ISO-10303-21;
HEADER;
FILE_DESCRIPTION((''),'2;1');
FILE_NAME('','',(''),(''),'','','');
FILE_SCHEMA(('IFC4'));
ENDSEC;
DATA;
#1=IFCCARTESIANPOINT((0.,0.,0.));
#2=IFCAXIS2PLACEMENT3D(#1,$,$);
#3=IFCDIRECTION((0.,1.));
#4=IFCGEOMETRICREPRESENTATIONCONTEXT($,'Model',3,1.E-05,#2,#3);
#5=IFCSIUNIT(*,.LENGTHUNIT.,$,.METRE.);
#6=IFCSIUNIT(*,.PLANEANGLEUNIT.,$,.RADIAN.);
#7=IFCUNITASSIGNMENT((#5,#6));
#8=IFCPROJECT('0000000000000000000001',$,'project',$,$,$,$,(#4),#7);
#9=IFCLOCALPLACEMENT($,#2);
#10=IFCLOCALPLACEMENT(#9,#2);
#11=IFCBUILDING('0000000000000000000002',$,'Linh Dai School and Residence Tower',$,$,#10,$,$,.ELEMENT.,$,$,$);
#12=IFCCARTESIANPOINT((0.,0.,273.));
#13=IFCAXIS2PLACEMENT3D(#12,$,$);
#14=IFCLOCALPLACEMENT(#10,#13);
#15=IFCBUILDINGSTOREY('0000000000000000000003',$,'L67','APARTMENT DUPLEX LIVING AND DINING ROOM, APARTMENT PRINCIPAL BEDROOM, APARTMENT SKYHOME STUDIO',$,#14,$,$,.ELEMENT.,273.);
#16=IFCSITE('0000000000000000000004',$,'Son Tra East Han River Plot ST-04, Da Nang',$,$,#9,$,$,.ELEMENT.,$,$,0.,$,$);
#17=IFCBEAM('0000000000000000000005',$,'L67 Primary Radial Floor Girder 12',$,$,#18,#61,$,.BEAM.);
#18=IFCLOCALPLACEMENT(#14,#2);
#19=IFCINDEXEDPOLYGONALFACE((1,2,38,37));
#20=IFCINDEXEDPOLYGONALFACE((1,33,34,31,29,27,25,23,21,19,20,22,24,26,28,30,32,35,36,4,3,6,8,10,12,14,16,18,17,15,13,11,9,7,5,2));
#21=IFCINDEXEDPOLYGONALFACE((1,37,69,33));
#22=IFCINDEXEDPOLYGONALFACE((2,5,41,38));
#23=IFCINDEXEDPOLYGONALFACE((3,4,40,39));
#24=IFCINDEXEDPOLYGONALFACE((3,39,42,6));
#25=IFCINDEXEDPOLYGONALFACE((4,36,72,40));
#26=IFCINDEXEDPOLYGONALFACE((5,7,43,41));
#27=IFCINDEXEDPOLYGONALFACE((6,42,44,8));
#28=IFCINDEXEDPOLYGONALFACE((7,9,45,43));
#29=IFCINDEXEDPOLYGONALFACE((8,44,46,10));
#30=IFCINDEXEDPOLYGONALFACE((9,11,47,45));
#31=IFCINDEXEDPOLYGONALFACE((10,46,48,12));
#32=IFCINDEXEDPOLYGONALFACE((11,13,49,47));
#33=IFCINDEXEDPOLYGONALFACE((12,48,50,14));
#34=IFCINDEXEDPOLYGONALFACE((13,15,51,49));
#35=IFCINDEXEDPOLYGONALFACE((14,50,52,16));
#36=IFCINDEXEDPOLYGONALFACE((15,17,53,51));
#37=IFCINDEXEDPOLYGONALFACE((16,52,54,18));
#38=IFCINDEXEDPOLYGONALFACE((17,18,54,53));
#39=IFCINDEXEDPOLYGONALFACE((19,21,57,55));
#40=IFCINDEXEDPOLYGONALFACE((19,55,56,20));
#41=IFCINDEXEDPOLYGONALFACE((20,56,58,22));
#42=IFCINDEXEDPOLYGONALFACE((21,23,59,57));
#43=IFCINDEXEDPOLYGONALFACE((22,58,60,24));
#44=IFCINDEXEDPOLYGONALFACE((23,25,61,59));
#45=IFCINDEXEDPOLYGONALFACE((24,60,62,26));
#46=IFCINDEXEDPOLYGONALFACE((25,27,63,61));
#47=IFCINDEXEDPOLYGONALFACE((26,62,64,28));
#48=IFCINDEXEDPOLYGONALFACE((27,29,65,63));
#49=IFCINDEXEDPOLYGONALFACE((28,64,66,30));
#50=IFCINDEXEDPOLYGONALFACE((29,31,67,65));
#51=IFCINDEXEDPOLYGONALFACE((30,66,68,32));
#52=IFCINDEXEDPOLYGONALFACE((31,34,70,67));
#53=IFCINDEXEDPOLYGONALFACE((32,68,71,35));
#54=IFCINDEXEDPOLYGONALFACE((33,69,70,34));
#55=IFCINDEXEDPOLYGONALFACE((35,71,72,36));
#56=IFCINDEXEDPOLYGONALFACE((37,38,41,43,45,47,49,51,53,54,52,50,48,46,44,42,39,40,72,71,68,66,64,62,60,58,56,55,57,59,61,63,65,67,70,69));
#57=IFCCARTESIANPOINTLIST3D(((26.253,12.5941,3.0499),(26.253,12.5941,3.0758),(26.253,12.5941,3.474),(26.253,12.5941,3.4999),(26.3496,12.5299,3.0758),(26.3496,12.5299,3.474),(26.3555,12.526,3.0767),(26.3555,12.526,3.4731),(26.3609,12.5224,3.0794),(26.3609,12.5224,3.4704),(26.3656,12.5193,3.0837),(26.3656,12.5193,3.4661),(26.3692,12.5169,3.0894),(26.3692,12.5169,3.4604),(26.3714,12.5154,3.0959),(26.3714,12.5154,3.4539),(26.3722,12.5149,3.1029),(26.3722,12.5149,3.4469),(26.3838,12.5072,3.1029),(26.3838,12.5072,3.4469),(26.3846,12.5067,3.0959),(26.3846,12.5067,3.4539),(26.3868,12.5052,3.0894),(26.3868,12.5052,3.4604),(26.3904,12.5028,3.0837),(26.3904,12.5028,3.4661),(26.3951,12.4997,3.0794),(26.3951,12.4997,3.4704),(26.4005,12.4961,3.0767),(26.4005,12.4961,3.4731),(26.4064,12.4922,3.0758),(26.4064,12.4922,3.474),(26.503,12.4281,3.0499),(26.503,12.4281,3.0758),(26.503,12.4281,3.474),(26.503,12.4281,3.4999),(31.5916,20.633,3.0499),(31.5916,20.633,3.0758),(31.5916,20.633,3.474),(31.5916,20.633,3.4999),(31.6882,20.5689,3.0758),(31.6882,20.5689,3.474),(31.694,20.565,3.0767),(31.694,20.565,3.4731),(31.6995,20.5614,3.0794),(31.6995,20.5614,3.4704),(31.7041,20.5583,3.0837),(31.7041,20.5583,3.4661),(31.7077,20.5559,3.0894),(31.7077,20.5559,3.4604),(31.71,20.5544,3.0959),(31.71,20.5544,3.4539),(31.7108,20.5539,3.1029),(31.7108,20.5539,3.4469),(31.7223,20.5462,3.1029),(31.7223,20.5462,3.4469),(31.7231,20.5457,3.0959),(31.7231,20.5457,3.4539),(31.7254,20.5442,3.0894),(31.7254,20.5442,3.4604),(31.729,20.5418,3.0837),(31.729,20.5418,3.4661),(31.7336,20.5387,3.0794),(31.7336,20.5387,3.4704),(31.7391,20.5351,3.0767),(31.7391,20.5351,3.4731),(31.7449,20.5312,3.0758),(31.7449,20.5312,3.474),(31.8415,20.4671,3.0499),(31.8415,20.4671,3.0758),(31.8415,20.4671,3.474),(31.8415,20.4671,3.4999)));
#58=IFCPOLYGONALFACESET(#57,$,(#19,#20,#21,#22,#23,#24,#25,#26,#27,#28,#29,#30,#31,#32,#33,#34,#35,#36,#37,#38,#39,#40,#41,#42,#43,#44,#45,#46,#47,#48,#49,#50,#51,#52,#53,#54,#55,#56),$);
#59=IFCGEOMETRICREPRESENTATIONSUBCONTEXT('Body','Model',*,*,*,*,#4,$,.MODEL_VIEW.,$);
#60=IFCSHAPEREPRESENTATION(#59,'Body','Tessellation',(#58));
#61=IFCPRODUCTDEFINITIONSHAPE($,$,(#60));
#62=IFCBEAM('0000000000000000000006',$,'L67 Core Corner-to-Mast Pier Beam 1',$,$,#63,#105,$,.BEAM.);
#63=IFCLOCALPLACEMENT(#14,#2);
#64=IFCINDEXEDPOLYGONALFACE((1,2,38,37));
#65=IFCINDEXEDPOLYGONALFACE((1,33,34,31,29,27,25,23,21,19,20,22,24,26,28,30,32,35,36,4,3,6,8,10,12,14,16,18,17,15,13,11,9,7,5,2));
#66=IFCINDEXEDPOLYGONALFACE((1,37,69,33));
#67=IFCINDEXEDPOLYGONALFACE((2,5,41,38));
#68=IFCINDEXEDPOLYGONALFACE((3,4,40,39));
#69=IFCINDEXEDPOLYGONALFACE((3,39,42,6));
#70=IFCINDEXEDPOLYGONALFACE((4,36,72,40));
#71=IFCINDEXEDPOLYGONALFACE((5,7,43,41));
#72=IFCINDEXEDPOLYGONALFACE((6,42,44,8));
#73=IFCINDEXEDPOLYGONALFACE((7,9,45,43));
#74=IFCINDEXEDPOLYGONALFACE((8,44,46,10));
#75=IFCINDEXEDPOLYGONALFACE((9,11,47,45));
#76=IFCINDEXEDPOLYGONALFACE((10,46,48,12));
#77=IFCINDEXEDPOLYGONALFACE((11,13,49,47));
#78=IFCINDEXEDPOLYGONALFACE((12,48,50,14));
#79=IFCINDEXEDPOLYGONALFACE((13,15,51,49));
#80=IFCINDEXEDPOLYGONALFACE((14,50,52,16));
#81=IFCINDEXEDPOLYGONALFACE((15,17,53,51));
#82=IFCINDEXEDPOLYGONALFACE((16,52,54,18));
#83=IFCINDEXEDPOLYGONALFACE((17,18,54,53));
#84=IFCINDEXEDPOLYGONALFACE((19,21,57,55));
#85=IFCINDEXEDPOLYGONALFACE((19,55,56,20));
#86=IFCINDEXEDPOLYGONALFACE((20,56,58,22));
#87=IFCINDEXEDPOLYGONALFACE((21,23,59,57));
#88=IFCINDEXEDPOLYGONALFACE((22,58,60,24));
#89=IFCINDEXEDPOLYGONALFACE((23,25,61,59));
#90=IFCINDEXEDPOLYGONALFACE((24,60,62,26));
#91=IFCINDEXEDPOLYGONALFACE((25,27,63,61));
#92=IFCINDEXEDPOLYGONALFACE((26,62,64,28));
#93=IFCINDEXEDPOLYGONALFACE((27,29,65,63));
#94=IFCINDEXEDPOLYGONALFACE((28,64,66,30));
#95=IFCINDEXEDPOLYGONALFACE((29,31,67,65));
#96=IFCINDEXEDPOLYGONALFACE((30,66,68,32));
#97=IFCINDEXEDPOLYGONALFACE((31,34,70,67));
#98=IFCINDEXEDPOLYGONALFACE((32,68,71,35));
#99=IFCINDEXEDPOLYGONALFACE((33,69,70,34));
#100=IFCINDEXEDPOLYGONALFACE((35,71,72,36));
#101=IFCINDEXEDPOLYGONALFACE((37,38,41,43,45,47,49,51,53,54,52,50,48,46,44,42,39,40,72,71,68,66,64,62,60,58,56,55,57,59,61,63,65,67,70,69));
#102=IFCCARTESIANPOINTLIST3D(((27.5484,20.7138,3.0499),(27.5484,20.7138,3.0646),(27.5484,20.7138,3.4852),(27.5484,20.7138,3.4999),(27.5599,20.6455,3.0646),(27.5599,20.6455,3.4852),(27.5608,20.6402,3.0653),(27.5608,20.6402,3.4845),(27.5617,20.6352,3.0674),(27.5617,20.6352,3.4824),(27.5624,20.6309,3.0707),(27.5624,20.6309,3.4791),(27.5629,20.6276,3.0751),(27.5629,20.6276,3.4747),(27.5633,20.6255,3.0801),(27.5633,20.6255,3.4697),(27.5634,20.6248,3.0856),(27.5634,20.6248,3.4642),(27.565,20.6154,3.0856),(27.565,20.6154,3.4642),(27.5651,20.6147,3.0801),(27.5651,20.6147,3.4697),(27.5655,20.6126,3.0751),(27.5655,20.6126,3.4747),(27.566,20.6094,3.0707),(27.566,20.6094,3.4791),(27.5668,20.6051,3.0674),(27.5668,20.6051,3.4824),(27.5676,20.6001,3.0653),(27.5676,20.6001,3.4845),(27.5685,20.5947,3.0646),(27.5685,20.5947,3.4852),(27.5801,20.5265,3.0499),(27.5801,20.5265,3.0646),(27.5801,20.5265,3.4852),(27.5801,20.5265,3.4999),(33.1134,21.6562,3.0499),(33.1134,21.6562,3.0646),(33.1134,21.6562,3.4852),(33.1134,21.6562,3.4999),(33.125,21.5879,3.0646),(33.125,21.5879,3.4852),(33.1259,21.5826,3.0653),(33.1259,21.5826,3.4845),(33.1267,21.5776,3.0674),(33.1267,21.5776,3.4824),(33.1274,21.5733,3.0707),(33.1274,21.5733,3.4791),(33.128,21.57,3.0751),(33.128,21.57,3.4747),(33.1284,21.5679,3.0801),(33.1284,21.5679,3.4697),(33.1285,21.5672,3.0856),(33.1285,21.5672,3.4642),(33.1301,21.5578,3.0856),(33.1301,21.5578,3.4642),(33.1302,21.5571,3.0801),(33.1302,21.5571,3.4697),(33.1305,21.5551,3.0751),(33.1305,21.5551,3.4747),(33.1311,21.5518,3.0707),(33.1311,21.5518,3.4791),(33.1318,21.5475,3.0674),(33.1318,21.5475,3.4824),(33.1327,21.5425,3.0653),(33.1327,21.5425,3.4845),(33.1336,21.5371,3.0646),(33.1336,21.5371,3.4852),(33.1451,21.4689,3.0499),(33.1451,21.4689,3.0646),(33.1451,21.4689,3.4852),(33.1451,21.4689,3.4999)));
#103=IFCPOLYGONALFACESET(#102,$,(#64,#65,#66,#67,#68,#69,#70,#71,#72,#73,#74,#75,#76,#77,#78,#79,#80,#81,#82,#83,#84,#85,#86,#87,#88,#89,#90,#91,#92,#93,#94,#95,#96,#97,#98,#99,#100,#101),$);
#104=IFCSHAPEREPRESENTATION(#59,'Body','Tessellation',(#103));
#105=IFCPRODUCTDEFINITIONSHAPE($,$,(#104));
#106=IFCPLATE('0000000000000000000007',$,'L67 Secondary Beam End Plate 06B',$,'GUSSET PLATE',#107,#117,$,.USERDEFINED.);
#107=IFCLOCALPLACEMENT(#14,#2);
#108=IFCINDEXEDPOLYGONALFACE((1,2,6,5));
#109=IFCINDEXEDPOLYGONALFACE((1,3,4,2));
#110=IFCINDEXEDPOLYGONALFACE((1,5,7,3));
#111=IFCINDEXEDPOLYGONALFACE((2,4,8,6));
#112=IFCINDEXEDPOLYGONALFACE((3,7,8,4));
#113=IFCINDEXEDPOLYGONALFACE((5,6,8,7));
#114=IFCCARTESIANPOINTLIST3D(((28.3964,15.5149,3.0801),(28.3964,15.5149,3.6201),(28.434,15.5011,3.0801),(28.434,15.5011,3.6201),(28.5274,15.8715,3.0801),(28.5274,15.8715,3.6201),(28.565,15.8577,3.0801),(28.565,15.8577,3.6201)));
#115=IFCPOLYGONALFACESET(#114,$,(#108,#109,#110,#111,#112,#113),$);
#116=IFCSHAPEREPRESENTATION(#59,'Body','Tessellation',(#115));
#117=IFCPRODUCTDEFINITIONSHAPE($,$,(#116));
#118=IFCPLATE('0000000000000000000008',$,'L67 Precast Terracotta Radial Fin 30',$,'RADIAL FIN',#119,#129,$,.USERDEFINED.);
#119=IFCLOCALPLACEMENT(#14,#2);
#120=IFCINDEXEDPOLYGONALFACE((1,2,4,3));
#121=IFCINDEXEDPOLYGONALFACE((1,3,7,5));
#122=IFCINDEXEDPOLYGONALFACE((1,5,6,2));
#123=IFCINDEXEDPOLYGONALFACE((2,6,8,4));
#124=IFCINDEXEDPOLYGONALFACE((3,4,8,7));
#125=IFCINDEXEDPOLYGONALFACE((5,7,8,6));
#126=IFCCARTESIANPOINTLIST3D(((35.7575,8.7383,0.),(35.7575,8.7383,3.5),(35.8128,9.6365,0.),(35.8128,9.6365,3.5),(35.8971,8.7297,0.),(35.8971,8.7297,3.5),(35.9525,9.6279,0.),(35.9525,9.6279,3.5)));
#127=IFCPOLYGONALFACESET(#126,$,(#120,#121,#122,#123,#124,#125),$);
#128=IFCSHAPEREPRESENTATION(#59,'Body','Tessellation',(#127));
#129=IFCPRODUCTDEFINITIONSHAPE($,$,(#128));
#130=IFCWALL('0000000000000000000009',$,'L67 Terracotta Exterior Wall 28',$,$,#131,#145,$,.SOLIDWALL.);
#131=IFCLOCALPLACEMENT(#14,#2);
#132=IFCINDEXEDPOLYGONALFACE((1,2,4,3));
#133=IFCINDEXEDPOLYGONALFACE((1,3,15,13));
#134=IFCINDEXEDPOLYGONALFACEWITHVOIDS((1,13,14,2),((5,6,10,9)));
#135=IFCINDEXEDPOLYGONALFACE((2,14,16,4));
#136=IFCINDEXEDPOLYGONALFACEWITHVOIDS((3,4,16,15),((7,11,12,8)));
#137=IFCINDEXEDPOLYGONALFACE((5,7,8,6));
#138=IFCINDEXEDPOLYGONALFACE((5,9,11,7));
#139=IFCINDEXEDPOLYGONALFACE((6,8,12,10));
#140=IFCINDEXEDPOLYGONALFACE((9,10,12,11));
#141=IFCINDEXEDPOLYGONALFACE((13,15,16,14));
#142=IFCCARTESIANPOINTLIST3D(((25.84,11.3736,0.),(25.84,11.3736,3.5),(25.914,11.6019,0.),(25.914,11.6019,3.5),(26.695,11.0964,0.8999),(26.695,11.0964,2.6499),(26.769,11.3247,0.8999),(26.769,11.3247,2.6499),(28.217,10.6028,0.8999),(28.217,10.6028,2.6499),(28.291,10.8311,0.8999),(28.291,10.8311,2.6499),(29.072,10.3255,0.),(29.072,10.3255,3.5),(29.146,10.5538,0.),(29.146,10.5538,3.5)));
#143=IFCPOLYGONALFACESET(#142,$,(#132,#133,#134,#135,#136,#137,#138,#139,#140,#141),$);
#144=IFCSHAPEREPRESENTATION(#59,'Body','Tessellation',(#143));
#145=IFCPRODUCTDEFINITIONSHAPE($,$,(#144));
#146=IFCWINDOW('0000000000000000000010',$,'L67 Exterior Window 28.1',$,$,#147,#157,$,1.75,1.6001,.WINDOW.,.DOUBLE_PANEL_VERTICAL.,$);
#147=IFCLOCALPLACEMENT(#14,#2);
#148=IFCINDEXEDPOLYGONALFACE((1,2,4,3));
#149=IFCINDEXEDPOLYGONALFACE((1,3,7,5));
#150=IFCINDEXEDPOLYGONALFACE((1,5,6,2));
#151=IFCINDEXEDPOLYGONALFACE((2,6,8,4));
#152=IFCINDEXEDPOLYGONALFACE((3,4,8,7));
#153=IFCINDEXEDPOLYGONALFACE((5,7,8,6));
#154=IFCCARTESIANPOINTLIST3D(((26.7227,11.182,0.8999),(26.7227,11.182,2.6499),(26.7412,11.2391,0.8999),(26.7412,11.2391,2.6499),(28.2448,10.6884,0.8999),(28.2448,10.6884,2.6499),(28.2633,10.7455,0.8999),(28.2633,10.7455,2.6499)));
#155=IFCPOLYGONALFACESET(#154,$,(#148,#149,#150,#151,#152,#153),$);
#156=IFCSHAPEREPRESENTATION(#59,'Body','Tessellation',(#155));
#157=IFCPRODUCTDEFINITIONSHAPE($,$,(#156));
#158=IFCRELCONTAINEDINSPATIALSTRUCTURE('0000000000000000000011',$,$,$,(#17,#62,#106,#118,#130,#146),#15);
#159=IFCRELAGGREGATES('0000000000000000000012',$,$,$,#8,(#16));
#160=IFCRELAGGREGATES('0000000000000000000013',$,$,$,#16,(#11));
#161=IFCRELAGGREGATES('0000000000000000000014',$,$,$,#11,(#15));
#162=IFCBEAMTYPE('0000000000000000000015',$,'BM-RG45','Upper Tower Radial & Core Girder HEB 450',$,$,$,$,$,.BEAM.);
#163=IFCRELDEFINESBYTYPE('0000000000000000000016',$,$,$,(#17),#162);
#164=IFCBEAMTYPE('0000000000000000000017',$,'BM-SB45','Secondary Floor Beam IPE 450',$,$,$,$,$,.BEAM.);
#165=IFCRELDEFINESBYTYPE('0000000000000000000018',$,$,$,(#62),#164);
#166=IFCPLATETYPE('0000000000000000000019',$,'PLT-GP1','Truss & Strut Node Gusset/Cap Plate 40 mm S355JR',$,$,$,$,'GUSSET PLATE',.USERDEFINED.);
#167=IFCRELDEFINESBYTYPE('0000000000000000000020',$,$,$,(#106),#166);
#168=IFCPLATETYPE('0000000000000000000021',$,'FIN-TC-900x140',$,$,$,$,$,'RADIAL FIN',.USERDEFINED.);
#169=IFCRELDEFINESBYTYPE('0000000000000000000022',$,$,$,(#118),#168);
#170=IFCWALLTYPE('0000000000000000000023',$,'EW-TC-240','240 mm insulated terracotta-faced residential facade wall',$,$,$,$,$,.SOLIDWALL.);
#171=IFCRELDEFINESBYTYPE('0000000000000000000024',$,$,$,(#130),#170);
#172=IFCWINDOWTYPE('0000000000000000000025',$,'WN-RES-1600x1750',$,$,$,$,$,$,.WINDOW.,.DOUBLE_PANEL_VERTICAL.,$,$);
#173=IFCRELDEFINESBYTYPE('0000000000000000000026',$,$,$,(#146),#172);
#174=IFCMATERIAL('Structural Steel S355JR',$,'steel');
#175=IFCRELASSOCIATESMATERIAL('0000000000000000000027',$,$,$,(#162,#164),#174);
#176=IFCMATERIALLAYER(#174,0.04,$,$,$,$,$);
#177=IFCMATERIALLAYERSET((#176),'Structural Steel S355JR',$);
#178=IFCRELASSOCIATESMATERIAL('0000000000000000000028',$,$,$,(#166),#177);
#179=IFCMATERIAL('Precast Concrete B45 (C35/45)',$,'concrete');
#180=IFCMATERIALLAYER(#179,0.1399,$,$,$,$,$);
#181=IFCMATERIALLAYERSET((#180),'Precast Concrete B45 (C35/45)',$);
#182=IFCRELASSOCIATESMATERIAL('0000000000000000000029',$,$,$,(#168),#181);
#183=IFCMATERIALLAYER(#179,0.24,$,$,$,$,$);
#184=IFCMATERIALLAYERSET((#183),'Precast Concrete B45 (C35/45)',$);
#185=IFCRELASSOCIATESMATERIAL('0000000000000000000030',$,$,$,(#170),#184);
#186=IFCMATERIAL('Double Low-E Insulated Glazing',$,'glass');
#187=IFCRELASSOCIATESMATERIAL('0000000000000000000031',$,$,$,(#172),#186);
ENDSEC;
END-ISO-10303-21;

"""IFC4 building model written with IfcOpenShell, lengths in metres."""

from ifc_helpers import new_model, si_unit, direction, frame, frame_2d, origin, origin_2d, place, context, subcontext, project, spatial, rectangle, i_section, extrude, source, transform, mapped, material, layer, layer_set, material_profile, profile_set, type_object, element, fill, save


model = new_model("IFC4")

# Units and contexts
model_context = context("Model", 3, precision=1e-05, world=origin(), true_north=direction((0.0, 1.0)))
body_context = subcontext(model_context, "Body", "Model", "MODEL_VIEW")
ifc_project = project(units=[si_unit("LENGTHUNIT", "METRE"), si_unit("PLANEANGLEUNIT", "RADIAN")], contexts=[model_context])

# Site, building, storey
site_placement = place(None, origin())
site = spatial("IfcSite", under=ifc_project, at=site_placement, Name="Son Tra East Han River Plot ST-04, Da Nang", CompositionType="ELEMENT", RefElevation=0.0)
building_placement = place(site_placement, origin())
building = spatial("IfcBuilding", under=site, at=building_placement, Name="Linh Dai School and Residence Tower", CompositionType="ELEMENT")
storey_placement = place(building_placement, frame((0.0, 0.0, 273.0)))
storey = spatial("IfcBuildingStorey", under=building, at=storey_placement, Name="L67", Description="APARTMENT DUPLEX LIVING AND DINING ROOM, APARTMENT PRINCIPAL BEDROOM, APARTMENT SKYHOME STUDIO", CompositionType="ELEMENT", Elevation=273.0)

# Shared definitions
ifc_material_1 = material(Name="Structural Steel S355JR", Category="steel")

# Beams
ifc_material_profile_1 = material_profile(ifc_material_1, i_section(OverallWidth=0.3, OverallDepth=0.45, WebThickness=0.0139, FlangeThickness=0.0259, FilletRadius=0.0271, at=origin_2d()), Name="HEB 450")
ifc_profile_set_1 = profile_set([ifc_material_profile_1], Name="Structural Steel S355JR")
beam_type_1 = type_object("IfcBeamType", Name="BM-RG45", Description="Upper Tower Radial & Core Girder HEB 450", PredefinedType="BEAM", material=ifc_profile_set_1)
beam_1_placement = place(storey_placement, frame((31.7166, 20.55, 3.2749), z_axis=(-0.553211, -0.833041, 0.0), x_axis=(0.833041, -0.553211, 0.0)))
element("IfcBeam", 1, at=beam_1_placement, inside=storey, type_object=beam_type_1, Name="L67 Primary Radial Floor Girder 12", PredefinedType="BEAM", context=body_context, shape_type="SweptSolid", body=[
    extrude(i_section(OverallWidth=0.3, OverallDepth=0.45, WebThickness=0.0139, FlangeThickness=0.0259, FilletRadius=0.0271, at=origin_2d()), origin(), (0.0, 0.0, 1.0), 9.6501),
])
ifc_material_profile_2 = material_profile(ifc_material_1, i_section(OverallWidth=0.1899, OverallDepth=0.45, WebThickness=0.0095, FlangeThickness=0.0146, FilletRadius=0.021, at=origin_2d()), Name="IPE 450")
ifc_profile_set_2 = profile_set([ifc_material_profile_2], Name="Structural Steel S355JR")
beam_type_2 = type_object("IfcBeamType", Name="BM-SB45", Description="Secondary Floor Beam IPE 450", PredefinedType="BEAM", material=ifc_profile_set_2)
beam_2_placement = place(storey_placement, frame((27.5642, 20.6201, 3.2749), z_axis=(0.985963, 0.166966, 0.0), x_axis=(-0.166966, 0.985963, 0.0)))
element("IfcBeam", 2, at=beam_2_placement, inside=storey, type_object=beam_type_2, Name="L67 Core Corner-to-Mast Pier Beam 1", PredefinedType="BEAM", context=body_context, shape_type="SweptSolid", body=[
    extrude(i_section(OverallWidth=0.1899, OverallDepth=0.45, WebThickness=0.0095, FlangeThickness=0.0146, FilletRadius=0.021, at=origin_2d()), origin(), (0.0, 0.0, 1.0), 5.6443),
])

# Plates
ifc_layer_1 = layer(ifc_material_1, 0.04)
ifc_layer_set_1 = layer_set([ifc_layer_1], Name="Structural Steel S355JR")
plate_type_1 = type_object("IfcPlateType", Name="PLT-GP1", Description="Truss & Strut Node Gusset/Cap Plate 40 mm S355JR", ElementType="GUSSET PLATE", PredefinedType="USERDEFINED", material=ifc_layer_set_1)
shared_shape_1 = source(origin(), body_context, "Body", "SweptSolid", [
    extrude(rectangle(XDim=0.04, YDim=0.3799, at=origin_2d()), origin(), (0.0, 0.0, 1.0), 0.54),
])
plate_1_placement = place(storey_placement, frame((28.4807, 15.6863, 3.0801), z_axis=(0.0, 0.0, 1.0), x_axis=(0.938695, -0.344748, 0.0)))
element("IfcPlate", 3, at=plate_1_placement, inside=storey, type_object=plate_type_1, Name="L67 Secondary Beam End Plate 06B", ObjectType="GUSSET PLATE", PredefinedType="USERDEFINED", context=body_context, shape_type="MappedRepresentation", body=[
    mapped(shared_shape_1, transform((0.0, 0.0, 0.0), x_axis=(1.0, 0.0, 0.0), y_axis=(0.0, 1.0, 0.0), z_axis=(0.0, 0.0, 1.0), scale=1.0)),
])
ifc_material_2 = material(Name="Precast Concrete B45 (C35/45)", Category="concrete")
ifc_layer_2 = layer(ifc_material_2, 0.1399)
ifc_layer_set_2 = layer_set([ifc_layer_2], Name="Precast Concrete B45 (C35/45)")
plate_type_2 = type_object("IfcPlateType", Name="FIN-TC-900x140", ElementType="RADIAL FIN", PredefinedType="USERDEFINED", material=ifc_layer_set_2)
shared_shape_2 = source(origin(), body_context, "Body", "SweptSolid", [
    extrude(rectangle(XDim=0.8999, YDim=0.1399, at=origin_2d()), origin(), (0.0, 0.0, 1.0), 3.5),
])
plate_2_placement = place(storey_placement, frame((35.855, 9.1831, 0.0), z_axis=(0.0, 0.0, 1.0), x_axis=(-0.06151, -0.998106, 0.0)))
element("IfcPlate", 4, at=plate_2_placement, inside=storey, type_object=plate_type_2, Name="L67 Precast Terracotta Radial Fin 30", ObjectType="RADIAL FIN", PredefinedType="USERDEFINED", context=body_context, shape_type="MappedRepresentation", body=[
    mapped(shared_shape_2, transform((0.0, 0.0, 0.0), x_axis=(1.0, 0.0, 0.0), y_axis=(0.0, 1.0, 0.0), z_axis=(0.0, 0.0, 1.0), scale=1.0)),
])

# Wall, opening, window
ifc_layer_3 = layer(ifc_material_2, 0.24)
ifc_layer_set_3 = layer_set([ifc_layer_3], Name="Precast Concrete B45 (C35/45)")
wall_type_1 = type_object("IfcWallType", Name="EW-TC-240", Description="240 mm insulated terracotta-faced residential facade wall", PredefinedType="SOLIDWALL", material=ifc_layer_set_3)
wall_1_placement = place(storey_placement, frame((29.1089, 10.4397, 0.0), z_axis=(0.0, 0.0, 1.0), x_axis=(-0.951231, 0.308478, 0.0)))
wall_1 = element("IfcWall", 5, at=wall_1_placement, inside=storey, type_object=wall_type_1, Name="L67 Terracotta Exterior Wall 28", PredefinedType="SOLIDWALL", context=body_context, shape_type="SweptSolid", body=[
    extrude(rectangle(XDim=3.3977, YDim=0.24, at=frame_2d((1.6987, 0.0))), origin(), (0.0, 0.0, 1.0), 3.5),
])
opening_1_placement = place(wall_1_placement, frame((0.8987, 0.0, 0.8999)))
opening_1 = element("IfcOpeningElement", 6, at=opening_1_placement, cuts=wall_1, PredefinedType="OPENING", context=body_context, shape_type="SweptSolid", body=[
    extrude(rectangle(XDim=1.6001, YDim=1.75, at=origin_2d()), frame((0.8, 0.1299, 0.875), z_axis=(0.0, -1.0, 0.0), x_axis=(1.0, 0.0, 0.0)), (0.0, 0.0, 1.0), 0.26),
])
ifc_material_3 = material(Name="Double Low-E Insulated Glazing", Category="glass")
window_type_1 = type_object("IfcWindowType", Name="WN-RES-1600x1750", PartitioningType="DOUBLE_PANEL_VERTICAL", PredefinedType="WINDOW", material=ifc_material_3)
shared_shape_3 = source(origin(), body_context, "Body", "SweptSolid", [
    extrude(rectangle(XDim=1.6001, YDim=1.75, at=origin_2d()), frame((0.8, 0.03, 0.875), z_axis=(0.0, -1.0, 0.0), x_axis=(1.0, 0.0, 0.0)), (0.0, 0.0, 1.0), 0.0601),
])
window_1_placement = place(opening_1_placement, origin())
window_1 = element("IfcWindow", 7, at=window_1_placement, inside=storey, type_object=window_type_1, Name="L67 Exterior Window 28.1", OverallHeight=1.75, OverallWidth=1.6001, PartitioningType="DOUBLE_PANEL_VERTICAL", PredefinedType="WINDOW", context=body_context, shape_type="MappedRepresentation", body=[
    mapped(shared_shape_3, transform((0.0, 0.0, 0.0), x_axis=(1.0, 0.0, 0.0), y_axis=(0.0, 1.0, 0.0), z_axis=(0.0, 0.0, 1.0), scale=1.0)),
])
fill(opening_1, window_1)

save(model, "model.ifc")
